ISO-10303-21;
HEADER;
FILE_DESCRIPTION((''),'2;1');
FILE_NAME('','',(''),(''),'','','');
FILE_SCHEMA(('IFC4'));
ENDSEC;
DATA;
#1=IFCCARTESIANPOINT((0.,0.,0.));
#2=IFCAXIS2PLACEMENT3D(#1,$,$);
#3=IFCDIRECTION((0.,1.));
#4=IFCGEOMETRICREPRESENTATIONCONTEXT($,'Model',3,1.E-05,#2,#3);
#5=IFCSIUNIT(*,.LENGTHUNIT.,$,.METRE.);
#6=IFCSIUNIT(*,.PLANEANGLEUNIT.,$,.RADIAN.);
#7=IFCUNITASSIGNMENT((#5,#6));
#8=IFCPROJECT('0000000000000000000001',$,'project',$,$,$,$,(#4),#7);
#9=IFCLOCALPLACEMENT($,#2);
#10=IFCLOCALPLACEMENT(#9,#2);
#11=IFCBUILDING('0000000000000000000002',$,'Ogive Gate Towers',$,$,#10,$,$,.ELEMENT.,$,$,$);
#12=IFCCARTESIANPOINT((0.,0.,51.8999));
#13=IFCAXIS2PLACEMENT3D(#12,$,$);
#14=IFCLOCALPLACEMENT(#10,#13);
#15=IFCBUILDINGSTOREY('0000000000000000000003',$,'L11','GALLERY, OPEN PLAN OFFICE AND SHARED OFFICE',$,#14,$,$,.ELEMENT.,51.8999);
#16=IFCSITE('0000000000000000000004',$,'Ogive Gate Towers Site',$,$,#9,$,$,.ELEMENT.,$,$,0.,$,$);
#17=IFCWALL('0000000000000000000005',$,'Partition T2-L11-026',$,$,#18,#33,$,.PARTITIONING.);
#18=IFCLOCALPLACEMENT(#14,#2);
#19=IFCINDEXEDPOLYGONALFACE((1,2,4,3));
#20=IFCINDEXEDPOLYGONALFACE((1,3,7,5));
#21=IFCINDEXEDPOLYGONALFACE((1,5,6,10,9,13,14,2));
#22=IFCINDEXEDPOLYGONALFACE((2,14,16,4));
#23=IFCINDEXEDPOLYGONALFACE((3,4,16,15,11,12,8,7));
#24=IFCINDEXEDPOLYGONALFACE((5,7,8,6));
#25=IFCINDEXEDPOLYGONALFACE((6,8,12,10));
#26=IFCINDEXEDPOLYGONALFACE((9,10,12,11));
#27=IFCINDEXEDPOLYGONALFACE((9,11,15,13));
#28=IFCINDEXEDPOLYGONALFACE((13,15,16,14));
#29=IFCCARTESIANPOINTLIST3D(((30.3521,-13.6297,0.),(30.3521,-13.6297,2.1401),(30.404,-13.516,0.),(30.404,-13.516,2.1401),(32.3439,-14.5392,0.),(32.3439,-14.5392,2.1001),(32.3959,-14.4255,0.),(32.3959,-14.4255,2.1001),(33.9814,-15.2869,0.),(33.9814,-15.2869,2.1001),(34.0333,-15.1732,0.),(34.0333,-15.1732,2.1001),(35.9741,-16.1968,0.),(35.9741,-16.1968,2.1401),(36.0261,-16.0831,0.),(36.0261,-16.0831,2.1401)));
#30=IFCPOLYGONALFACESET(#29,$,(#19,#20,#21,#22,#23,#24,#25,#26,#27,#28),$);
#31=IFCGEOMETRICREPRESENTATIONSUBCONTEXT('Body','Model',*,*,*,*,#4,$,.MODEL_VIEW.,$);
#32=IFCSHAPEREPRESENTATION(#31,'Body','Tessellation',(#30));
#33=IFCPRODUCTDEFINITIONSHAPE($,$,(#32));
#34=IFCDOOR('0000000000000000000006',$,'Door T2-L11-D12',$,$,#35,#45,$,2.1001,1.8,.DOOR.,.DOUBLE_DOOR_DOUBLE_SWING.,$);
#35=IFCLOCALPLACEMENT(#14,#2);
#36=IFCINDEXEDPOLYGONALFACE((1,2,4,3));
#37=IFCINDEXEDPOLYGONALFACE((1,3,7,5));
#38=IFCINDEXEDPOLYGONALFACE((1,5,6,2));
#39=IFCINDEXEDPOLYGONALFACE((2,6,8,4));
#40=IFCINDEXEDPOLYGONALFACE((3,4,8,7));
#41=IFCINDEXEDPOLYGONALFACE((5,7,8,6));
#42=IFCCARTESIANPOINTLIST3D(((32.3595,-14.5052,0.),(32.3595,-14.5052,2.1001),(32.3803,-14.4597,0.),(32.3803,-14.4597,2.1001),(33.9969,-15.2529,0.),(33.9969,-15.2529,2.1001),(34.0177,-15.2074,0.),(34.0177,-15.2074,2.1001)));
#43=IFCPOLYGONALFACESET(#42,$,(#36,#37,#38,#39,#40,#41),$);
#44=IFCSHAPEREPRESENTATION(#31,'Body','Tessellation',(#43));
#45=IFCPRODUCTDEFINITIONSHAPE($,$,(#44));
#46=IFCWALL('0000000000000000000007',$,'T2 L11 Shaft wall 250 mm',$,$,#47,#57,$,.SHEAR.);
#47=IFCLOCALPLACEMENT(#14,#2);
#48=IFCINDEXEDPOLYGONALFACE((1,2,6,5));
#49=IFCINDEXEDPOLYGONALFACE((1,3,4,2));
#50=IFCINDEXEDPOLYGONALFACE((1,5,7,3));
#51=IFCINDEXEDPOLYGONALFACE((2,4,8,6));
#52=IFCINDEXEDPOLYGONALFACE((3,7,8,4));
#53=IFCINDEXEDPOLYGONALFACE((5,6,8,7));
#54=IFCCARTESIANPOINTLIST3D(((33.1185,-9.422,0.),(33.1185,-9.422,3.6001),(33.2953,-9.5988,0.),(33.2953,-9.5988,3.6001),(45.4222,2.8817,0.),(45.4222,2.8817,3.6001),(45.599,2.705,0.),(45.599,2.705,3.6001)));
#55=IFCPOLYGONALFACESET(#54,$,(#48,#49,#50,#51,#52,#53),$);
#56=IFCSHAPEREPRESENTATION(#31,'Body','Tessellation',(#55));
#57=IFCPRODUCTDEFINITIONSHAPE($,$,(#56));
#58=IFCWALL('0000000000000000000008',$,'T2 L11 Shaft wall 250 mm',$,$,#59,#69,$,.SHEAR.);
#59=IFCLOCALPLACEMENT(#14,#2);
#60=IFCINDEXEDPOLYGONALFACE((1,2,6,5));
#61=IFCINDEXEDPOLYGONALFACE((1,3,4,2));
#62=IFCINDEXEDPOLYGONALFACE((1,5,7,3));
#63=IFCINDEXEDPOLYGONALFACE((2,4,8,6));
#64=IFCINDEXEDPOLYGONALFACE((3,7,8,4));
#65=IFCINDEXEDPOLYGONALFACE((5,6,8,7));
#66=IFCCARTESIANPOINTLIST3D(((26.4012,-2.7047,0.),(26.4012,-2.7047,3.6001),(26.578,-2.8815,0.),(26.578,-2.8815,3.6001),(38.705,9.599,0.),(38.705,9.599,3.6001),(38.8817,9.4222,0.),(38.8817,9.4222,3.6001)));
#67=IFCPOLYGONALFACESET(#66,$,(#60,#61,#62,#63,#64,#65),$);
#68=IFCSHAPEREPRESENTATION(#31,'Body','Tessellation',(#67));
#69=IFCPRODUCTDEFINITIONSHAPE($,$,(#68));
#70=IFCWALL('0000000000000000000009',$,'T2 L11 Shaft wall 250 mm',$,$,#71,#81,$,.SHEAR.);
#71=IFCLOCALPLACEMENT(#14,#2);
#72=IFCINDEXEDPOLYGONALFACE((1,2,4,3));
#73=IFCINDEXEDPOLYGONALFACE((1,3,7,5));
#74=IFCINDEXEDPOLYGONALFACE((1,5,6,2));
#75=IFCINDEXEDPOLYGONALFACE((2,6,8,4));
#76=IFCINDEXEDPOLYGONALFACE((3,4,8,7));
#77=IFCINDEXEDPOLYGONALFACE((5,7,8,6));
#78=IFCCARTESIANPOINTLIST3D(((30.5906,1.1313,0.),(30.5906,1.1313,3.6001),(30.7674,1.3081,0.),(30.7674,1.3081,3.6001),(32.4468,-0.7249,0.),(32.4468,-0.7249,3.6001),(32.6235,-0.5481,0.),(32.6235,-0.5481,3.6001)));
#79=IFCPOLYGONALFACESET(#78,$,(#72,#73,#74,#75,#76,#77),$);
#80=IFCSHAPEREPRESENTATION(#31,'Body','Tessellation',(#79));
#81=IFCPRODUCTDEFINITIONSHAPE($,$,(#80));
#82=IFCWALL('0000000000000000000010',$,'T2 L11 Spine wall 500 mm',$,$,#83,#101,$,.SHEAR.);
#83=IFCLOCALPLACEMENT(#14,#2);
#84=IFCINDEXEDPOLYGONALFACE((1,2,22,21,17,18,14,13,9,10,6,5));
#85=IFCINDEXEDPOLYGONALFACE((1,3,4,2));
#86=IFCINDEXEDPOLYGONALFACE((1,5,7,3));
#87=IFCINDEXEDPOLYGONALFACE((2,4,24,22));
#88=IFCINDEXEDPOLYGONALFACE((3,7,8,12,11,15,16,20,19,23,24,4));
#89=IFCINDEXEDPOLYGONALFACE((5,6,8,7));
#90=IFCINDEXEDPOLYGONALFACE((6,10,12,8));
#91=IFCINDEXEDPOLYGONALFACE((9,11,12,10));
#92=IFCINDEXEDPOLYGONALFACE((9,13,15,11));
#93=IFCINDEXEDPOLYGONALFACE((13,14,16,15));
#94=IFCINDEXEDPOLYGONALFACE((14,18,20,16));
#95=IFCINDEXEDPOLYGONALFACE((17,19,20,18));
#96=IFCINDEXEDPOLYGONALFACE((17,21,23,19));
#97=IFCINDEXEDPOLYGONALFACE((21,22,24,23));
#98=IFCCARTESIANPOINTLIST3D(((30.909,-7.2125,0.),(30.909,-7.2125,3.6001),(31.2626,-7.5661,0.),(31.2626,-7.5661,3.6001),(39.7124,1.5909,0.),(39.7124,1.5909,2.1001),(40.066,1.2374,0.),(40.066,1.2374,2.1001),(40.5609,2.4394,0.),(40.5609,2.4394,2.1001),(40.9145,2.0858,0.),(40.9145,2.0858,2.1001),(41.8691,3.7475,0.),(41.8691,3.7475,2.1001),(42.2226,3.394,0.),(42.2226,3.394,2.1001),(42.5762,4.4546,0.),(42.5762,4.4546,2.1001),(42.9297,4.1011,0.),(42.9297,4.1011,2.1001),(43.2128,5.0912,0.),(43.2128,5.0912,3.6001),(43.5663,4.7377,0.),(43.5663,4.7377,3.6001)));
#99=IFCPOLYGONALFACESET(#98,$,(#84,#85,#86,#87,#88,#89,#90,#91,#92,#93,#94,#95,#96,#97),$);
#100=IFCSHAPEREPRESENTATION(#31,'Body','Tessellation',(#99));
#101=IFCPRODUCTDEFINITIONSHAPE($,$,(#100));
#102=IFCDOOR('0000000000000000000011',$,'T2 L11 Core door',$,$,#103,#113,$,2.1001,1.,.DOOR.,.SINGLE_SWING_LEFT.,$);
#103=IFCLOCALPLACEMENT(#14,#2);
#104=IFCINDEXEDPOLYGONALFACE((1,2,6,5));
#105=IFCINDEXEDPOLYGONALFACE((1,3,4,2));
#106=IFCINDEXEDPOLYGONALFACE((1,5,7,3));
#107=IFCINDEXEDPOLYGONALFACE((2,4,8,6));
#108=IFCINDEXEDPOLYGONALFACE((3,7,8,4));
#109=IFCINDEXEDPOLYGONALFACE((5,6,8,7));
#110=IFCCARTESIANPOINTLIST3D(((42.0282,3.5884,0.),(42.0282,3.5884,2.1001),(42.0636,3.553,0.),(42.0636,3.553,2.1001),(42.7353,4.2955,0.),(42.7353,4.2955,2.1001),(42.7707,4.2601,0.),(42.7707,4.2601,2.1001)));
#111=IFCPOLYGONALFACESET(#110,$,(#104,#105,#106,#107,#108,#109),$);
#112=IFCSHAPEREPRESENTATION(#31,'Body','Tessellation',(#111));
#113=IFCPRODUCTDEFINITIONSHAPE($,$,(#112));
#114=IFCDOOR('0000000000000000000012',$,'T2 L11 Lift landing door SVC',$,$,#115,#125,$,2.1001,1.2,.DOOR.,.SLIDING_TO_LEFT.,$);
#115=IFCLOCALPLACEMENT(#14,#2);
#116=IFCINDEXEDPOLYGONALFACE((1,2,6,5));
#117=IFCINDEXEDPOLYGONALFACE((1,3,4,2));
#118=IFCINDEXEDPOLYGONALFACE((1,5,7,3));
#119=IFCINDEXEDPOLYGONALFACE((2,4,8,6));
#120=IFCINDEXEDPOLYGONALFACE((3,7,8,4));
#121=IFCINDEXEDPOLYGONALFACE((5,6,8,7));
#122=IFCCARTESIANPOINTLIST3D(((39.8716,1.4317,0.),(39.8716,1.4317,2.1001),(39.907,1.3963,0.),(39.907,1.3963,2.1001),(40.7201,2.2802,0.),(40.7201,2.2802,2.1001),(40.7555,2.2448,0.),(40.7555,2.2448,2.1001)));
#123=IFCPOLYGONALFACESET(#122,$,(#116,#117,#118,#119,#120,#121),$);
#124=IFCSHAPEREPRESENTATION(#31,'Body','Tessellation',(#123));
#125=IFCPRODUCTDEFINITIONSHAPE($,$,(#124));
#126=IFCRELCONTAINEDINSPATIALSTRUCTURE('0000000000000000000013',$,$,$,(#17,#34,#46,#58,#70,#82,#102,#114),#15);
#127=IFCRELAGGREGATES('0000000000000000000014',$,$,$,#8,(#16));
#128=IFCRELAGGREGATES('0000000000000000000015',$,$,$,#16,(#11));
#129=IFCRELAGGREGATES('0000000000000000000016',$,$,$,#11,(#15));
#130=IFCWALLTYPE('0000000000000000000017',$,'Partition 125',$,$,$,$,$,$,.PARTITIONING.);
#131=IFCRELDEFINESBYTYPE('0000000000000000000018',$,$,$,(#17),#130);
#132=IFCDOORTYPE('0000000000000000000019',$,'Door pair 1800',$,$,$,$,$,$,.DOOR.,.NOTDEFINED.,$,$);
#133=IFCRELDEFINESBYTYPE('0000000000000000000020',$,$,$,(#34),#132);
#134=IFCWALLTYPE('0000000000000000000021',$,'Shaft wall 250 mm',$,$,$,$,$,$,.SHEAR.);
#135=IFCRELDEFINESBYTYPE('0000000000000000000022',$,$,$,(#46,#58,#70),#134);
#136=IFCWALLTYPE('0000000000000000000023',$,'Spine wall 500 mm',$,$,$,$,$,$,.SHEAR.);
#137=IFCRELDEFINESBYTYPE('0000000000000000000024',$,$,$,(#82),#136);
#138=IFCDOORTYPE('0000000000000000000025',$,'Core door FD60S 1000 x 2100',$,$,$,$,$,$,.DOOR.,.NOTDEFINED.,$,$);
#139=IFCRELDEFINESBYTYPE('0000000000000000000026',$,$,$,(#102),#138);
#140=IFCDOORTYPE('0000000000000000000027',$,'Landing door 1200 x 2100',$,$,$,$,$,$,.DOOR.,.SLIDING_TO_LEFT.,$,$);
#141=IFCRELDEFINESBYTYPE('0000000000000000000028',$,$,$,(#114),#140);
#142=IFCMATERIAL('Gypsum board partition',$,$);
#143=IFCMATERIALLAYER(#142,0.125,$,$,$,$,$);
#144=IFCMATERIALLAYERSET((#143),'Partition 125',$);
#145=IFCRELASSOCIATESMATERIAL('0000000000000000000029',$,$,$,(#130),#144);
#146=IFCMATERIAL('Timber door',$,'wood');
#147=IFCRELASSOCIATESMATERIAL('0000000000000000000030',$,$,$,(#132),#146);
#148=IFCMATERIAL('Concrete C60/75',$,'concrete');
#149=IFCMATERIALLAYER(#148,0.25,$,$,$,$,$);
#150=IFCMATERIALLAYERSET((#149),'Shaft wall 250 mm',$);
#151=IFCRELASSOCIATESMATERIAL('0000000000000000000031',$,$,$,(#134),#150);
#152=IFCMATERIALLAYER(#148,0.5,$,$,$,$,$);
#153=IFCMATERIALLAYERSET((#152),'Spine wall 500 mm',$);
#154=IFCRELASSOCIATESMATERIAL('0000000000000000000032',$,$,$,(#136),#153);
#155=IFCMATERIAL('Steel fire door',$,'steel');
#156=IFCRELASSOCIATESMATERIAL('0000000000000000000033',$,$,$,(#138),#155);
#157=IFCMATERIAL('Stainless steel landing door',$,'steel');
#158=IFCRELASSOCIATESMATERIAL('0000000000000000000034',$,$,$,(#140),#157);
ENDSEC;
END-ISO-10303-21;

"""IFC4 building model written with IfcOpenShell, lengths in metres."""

from ifc_helpers import new_model, si_unit, direction, frame, frame_2d, origin, place, context, subcontext, project, spatial, rectangle, extrude, material, layer, layer_set, type_object, element, fill, save


model = new_model("IFC4")

# Units and contexts
model_context = context("Model", 3, precision=1e-05, world=origin(), true_north=direction((0.0, 1.0)))
body_context = subcontext(model_context, "Body", "Model", "MODEL_VIEW")
ifc_project = project(units=[si_unit("LENGTHUNIT", "METRE"), si_unit("PLANEANGLEUNIT", "RADIAN")], contexts=[model_context])

# Site, building, storey
site_placement = place(None, origin())
site = spatial("IfcSite", under=ifc_project, at=site_placement, Name="Ogive Gate Towers Site", CompositionType="ELEMENT", RefElevation=0.0)
building_placement = place(site_placement, origin())
building = spatial("IfcBuilding", under=site, at=building_placement, Name="Ogive Gate Towers", CompositionType="ELEMENT")
storey_placement = place(building_placement, frame((0.0, 0.0, 51.8999)))
storey = spatial("IfcBuildingStorey", under=building, at=storey_placement, Name="L11", Description="GALLERY, OPEN PLAN OFFICE AND SHARED OFFICE", CompositionType="ELEMENT", Elevation=51.8999)

# Shared definitions
ifc_material_1 = material(Name="Gypsum board partition")
ifc_layer_1 = layer(ifc_material_1, 0.125)
ifc_layer_set_1 = layer_set([ifc_layer_1], Name="Partition 125")
wall_type_1 = type_object("IfcWallType", Name="Partition 125", PredefinedType="PARTITIONING", material=ifc_layer_set_1)

# Wall, opening, door
ifc_material_2 = material(Name="Timber door", Category="wood")
door_type_1 = type_object("IfcDoorType", Name="Door pair 1800", OperationType="NOTDEFINED", PredefinedType="DOOR", material=ifc_material_2)
wall_1_placement = place(storey_placement, frame((30.3779, -13.5728, 0.0), z_axis=(0.0, 0.0, 1.0), x_axis=(0.909655, -0.415365, 0.0)))
wall_1 = element("IfcWall", 1, at=wall_1_placement, inside=storey, type_object=wall_type_1, Name="Partition T2-L11-026", PredefinedType="PARTITIONING", context=body_context, shape_type="SweptSolid", body=[
    extrude(rectangle(XDim=6.1804, YDim=0.125, at=frame_2d((3.0903, 0.0))), origin(), (0.0, 0.0, 1.0), 2.1401),
])
opening_1_placement = place(wall_1_placement, frame((2.1899, 0.0, 0.0)))
opening_1 = element("IfcOpeningElement", 2, at=opening_1_placement, cuts=wall_1, PredefinedType="OPENING", context=body_context, shape_type="SweptSolid", body=[
    extrude(rectangle(XDim=1.8, YDim=2.1001, at=frame_2d((0.8999, 1.05))), frame((0.0, 0.0725, 0.0), z_axis=(0.0, -1.0, 0.0), x_axis=(1.0, 0.0, 0.0)), (0.0, 0.0, 1.0), 0.145),
])
door_1_placement = place(opening_1_placement, origin())
door_1 = element("IfcDoor", 3, at=door_1_placement, inside=storey, type_object=door_type_1, Name="Door T2-L11-D12", OperationType="DOUBLE_DOOR_DOUBLE_SWING", OverallHeight=2.1001, OverallWidth=1.8, PredefinedType="DOOR", context=body_context, shape_type="SweptSolid", body=[
    extrude(rectangle(XDim=1.8, YDim=2.1001, at=frame_2d((0.8999, 1.05))), frame((0.0, 0.0249, 0.0), z_axis=(0.0, -1.0, 0.0), x_axis=(1.0, 0.0, 0.0)), (0.0, 0.0, 1.0), 0.05),
])
fill(opening_1, door_1)

# Walls
ifc_material_3 = material(Name="Concrete C60/75", Category="concrete")
ifc_layer_2 = layer(ifc_material_3, 0.25)
ifc_layer_set_2 = layer_set([ifc_layer_2], Name="Shaft wall 250 mm")
wall_type_2 = type_object("IfcWallType", Name="Shaft wall 250 mm", PredefinedType="SHEAR", material=ifc_layer_set_2)
for number, where, z_axis, x_axis, name in (
    (4, (33.2068, -9.5105, 0.0), (0.0, 0.0, 1.0), (0.707107, 0.707107, 0.0), "T2 L11 Shaft wall 250 mm"),
    (5, (26.4895, -2.7932, 0.0), (0.0, 0.0, 1.0), (0.707107, 0.707107, 0.0), "T2 L11 Shaft wall 250 mm"),
):
    element("IfcWall", number, at=place(storey_placement, frame(where, z_axis=z_axis, x_axis=x_axis)), inside=storey, type_object=wall_type_2, Name=name, PredefinedType="SHEAR", context=body_context, shape_type="SweptSolid", body=[
        extrude(rectangle(XDim=17.4001, YDim=0.25, at=frame_2d((8.7002, 0.0))), origin(), (0.0, 0.0, 1.0), 3.6001),
    ])
wall_2_placement = place(storey_placement, frame((32.5352, -0.6365, 0.0), z_axis=(0.0, 0.0, 1.0), x_axis=(-0.707107, 0.707107, 0.0)))
element("IfcWall", 6, at=wall_2_placement, inside=storey, type_object=wall_type_2, Name="T2 L11 Shaft wall 250 mm", PredefinedType="SHEAR", context=body_context, shape_type="SweptSolid", body=[
    extrude(rectangle(XDim=2.625, YDim=0.25, at=frame_2d((1.3125, 0.0))), origin(), (0.0, 0.0, 1.0), 3.6001),
])

# Wall, openings, doors
ifc_layer_3 = layer(ifc_material_3, 0.5)
ifc_layer_set_3 = layer_set([ifc_layer_3], Name="Spine wall 500 mm")
wall_type_3 = type_object("IfcWallType", Name="Spine wall 500 mm", PredefinedType="SHEAR", material=ifc_layer_set_3)
wall_3_placement = place(storey_placement, frame((31.0857, -7.3894, 0.0), z_axis=(0.0, 0.0, 1.0), x_axis=(0.707107, 0.707107, 0.0)))
wall_3 = element("IfcWall", 7, at=wall_3_placement, inside=storey, type_object=wall_type_3, Name="T2 L11 Spine wall 500 mm", PredefinedType="SHEAR", context=body_context, shape_type="SweptSolid", body=[
    extrude(rectangle(XDim=17.4001, YDim=0.5, at=frame_2d((8.7002, 0.0))), origin(), (0.0, 0.0, 1.0), 3.6001),
])
opening_2_placement = place(wall_3_placement, frame((12.45, 0.0, 0.0)))
opening_2 = element("IfcOpeningElement", 8, at=opening_2_placement, cuts=wall_3, PredefinedType="OPENING", context=body_context, shape_type="SweptSolid", body=[
    extrude(rectangle(XDim=1.2, YDim=2.1001, at=frame_2d((0.6001, 1.05))), frame((0.0, 0.26, 0.0), z_axis=(0.0, -1.0, 0.0), x_axis=(1.0, 0.0, 0.0)), (0.0, 0.0, 1.0), 0.52),
])
opening_3_placement = place(wall_3_placement, frame((15.5, 0.0, 0.0)))
opening_3 = element("IfcOpeningElement", 9, at=opening_3_placement, cuts=wall_3, PredefinedType="OPENING", context=body_context, shape_type="SweptSolid", body=[
    extrude(rectangle(XDim=1.0, YDim=2.1001, at=frame_2d((0.5, 1.05))), frame((0.0, 0.26, 0.0), z_axis=(0.0, -1.0, 0.0), x_axis=(1.0, 0.0, 0.0)), (0.0, 0.0, 1.0), 0.52),
])
ifc_material_4 = material(Name="Steel fire door", Category="steel")
door_type_2 = type_object("IfcDoorType", Name="Core door FD60S 1000 x 2100", OperationType="NOTDEFINED", PredefinedType="DOOR", material=ifc_material_4)
door_2_placement = place(opening_3_placement, origin())
door_2 = element("IfcDoor", 10, at=door_2_placement, inside=storey, type_object=door_type_2, Name="T2 L11 Core door", OperationType="SINGLE_SWING_LEFT", OverallHeight=2.1001, OverallWidth=1.0, PredefinedType="DOOR", context=body_context, shape_type="SweptSolid", body=[
    extrude(rectangle(XDim=1.0, YDim=2.1001, at=frame_2d((0.5, 1.05))), frame((0.0, 0.0249, 0.0), z_axis=(0.0, -1.0, 0.0), x_axis=(1.0, 0.0, 0.0)), (0.0, 0.0, 1.0), 0.05),
])
fill(opening_3, door_2)
ifc_material_5 = material(Name="Stainless steel landing door", Category="steel")
door_type_3 = type_object("IfcDoorType", Name="Landing door 1200 x 2100", OperationType="SLIDING_TO_LEFT", PredefinedType="DOOR", material=ifc_material_5)
door_3_placement = place(opening_2_placement, origin())
door_3 = element("IfcDoor", 11, at=door_3_placement, inside=storey, type_object=door_type_3, Name="T2 L11 Lift landing door SVC", OperationType="SLIDING_TO_LEFT", OverallHeight=2.1001, OverallWidth=1.2, PredefinedType="DOOR", context=body_context, shape_type="SweptSolid", body=[
    extrude(rectangle(XDim=1.2, YDim=2.1001, at=frame_2d((0.6001, 1.05))), frame((0.0, 0.0249, 0.0), z_axis=(0.0, -1.0, 0.0), x_axis=(1.0, 0.0, 0.0)), (0.0, 0.0, 1.0), 0.05),
])
fill(opening_2, door_3)

save(model, "model.ifc")
